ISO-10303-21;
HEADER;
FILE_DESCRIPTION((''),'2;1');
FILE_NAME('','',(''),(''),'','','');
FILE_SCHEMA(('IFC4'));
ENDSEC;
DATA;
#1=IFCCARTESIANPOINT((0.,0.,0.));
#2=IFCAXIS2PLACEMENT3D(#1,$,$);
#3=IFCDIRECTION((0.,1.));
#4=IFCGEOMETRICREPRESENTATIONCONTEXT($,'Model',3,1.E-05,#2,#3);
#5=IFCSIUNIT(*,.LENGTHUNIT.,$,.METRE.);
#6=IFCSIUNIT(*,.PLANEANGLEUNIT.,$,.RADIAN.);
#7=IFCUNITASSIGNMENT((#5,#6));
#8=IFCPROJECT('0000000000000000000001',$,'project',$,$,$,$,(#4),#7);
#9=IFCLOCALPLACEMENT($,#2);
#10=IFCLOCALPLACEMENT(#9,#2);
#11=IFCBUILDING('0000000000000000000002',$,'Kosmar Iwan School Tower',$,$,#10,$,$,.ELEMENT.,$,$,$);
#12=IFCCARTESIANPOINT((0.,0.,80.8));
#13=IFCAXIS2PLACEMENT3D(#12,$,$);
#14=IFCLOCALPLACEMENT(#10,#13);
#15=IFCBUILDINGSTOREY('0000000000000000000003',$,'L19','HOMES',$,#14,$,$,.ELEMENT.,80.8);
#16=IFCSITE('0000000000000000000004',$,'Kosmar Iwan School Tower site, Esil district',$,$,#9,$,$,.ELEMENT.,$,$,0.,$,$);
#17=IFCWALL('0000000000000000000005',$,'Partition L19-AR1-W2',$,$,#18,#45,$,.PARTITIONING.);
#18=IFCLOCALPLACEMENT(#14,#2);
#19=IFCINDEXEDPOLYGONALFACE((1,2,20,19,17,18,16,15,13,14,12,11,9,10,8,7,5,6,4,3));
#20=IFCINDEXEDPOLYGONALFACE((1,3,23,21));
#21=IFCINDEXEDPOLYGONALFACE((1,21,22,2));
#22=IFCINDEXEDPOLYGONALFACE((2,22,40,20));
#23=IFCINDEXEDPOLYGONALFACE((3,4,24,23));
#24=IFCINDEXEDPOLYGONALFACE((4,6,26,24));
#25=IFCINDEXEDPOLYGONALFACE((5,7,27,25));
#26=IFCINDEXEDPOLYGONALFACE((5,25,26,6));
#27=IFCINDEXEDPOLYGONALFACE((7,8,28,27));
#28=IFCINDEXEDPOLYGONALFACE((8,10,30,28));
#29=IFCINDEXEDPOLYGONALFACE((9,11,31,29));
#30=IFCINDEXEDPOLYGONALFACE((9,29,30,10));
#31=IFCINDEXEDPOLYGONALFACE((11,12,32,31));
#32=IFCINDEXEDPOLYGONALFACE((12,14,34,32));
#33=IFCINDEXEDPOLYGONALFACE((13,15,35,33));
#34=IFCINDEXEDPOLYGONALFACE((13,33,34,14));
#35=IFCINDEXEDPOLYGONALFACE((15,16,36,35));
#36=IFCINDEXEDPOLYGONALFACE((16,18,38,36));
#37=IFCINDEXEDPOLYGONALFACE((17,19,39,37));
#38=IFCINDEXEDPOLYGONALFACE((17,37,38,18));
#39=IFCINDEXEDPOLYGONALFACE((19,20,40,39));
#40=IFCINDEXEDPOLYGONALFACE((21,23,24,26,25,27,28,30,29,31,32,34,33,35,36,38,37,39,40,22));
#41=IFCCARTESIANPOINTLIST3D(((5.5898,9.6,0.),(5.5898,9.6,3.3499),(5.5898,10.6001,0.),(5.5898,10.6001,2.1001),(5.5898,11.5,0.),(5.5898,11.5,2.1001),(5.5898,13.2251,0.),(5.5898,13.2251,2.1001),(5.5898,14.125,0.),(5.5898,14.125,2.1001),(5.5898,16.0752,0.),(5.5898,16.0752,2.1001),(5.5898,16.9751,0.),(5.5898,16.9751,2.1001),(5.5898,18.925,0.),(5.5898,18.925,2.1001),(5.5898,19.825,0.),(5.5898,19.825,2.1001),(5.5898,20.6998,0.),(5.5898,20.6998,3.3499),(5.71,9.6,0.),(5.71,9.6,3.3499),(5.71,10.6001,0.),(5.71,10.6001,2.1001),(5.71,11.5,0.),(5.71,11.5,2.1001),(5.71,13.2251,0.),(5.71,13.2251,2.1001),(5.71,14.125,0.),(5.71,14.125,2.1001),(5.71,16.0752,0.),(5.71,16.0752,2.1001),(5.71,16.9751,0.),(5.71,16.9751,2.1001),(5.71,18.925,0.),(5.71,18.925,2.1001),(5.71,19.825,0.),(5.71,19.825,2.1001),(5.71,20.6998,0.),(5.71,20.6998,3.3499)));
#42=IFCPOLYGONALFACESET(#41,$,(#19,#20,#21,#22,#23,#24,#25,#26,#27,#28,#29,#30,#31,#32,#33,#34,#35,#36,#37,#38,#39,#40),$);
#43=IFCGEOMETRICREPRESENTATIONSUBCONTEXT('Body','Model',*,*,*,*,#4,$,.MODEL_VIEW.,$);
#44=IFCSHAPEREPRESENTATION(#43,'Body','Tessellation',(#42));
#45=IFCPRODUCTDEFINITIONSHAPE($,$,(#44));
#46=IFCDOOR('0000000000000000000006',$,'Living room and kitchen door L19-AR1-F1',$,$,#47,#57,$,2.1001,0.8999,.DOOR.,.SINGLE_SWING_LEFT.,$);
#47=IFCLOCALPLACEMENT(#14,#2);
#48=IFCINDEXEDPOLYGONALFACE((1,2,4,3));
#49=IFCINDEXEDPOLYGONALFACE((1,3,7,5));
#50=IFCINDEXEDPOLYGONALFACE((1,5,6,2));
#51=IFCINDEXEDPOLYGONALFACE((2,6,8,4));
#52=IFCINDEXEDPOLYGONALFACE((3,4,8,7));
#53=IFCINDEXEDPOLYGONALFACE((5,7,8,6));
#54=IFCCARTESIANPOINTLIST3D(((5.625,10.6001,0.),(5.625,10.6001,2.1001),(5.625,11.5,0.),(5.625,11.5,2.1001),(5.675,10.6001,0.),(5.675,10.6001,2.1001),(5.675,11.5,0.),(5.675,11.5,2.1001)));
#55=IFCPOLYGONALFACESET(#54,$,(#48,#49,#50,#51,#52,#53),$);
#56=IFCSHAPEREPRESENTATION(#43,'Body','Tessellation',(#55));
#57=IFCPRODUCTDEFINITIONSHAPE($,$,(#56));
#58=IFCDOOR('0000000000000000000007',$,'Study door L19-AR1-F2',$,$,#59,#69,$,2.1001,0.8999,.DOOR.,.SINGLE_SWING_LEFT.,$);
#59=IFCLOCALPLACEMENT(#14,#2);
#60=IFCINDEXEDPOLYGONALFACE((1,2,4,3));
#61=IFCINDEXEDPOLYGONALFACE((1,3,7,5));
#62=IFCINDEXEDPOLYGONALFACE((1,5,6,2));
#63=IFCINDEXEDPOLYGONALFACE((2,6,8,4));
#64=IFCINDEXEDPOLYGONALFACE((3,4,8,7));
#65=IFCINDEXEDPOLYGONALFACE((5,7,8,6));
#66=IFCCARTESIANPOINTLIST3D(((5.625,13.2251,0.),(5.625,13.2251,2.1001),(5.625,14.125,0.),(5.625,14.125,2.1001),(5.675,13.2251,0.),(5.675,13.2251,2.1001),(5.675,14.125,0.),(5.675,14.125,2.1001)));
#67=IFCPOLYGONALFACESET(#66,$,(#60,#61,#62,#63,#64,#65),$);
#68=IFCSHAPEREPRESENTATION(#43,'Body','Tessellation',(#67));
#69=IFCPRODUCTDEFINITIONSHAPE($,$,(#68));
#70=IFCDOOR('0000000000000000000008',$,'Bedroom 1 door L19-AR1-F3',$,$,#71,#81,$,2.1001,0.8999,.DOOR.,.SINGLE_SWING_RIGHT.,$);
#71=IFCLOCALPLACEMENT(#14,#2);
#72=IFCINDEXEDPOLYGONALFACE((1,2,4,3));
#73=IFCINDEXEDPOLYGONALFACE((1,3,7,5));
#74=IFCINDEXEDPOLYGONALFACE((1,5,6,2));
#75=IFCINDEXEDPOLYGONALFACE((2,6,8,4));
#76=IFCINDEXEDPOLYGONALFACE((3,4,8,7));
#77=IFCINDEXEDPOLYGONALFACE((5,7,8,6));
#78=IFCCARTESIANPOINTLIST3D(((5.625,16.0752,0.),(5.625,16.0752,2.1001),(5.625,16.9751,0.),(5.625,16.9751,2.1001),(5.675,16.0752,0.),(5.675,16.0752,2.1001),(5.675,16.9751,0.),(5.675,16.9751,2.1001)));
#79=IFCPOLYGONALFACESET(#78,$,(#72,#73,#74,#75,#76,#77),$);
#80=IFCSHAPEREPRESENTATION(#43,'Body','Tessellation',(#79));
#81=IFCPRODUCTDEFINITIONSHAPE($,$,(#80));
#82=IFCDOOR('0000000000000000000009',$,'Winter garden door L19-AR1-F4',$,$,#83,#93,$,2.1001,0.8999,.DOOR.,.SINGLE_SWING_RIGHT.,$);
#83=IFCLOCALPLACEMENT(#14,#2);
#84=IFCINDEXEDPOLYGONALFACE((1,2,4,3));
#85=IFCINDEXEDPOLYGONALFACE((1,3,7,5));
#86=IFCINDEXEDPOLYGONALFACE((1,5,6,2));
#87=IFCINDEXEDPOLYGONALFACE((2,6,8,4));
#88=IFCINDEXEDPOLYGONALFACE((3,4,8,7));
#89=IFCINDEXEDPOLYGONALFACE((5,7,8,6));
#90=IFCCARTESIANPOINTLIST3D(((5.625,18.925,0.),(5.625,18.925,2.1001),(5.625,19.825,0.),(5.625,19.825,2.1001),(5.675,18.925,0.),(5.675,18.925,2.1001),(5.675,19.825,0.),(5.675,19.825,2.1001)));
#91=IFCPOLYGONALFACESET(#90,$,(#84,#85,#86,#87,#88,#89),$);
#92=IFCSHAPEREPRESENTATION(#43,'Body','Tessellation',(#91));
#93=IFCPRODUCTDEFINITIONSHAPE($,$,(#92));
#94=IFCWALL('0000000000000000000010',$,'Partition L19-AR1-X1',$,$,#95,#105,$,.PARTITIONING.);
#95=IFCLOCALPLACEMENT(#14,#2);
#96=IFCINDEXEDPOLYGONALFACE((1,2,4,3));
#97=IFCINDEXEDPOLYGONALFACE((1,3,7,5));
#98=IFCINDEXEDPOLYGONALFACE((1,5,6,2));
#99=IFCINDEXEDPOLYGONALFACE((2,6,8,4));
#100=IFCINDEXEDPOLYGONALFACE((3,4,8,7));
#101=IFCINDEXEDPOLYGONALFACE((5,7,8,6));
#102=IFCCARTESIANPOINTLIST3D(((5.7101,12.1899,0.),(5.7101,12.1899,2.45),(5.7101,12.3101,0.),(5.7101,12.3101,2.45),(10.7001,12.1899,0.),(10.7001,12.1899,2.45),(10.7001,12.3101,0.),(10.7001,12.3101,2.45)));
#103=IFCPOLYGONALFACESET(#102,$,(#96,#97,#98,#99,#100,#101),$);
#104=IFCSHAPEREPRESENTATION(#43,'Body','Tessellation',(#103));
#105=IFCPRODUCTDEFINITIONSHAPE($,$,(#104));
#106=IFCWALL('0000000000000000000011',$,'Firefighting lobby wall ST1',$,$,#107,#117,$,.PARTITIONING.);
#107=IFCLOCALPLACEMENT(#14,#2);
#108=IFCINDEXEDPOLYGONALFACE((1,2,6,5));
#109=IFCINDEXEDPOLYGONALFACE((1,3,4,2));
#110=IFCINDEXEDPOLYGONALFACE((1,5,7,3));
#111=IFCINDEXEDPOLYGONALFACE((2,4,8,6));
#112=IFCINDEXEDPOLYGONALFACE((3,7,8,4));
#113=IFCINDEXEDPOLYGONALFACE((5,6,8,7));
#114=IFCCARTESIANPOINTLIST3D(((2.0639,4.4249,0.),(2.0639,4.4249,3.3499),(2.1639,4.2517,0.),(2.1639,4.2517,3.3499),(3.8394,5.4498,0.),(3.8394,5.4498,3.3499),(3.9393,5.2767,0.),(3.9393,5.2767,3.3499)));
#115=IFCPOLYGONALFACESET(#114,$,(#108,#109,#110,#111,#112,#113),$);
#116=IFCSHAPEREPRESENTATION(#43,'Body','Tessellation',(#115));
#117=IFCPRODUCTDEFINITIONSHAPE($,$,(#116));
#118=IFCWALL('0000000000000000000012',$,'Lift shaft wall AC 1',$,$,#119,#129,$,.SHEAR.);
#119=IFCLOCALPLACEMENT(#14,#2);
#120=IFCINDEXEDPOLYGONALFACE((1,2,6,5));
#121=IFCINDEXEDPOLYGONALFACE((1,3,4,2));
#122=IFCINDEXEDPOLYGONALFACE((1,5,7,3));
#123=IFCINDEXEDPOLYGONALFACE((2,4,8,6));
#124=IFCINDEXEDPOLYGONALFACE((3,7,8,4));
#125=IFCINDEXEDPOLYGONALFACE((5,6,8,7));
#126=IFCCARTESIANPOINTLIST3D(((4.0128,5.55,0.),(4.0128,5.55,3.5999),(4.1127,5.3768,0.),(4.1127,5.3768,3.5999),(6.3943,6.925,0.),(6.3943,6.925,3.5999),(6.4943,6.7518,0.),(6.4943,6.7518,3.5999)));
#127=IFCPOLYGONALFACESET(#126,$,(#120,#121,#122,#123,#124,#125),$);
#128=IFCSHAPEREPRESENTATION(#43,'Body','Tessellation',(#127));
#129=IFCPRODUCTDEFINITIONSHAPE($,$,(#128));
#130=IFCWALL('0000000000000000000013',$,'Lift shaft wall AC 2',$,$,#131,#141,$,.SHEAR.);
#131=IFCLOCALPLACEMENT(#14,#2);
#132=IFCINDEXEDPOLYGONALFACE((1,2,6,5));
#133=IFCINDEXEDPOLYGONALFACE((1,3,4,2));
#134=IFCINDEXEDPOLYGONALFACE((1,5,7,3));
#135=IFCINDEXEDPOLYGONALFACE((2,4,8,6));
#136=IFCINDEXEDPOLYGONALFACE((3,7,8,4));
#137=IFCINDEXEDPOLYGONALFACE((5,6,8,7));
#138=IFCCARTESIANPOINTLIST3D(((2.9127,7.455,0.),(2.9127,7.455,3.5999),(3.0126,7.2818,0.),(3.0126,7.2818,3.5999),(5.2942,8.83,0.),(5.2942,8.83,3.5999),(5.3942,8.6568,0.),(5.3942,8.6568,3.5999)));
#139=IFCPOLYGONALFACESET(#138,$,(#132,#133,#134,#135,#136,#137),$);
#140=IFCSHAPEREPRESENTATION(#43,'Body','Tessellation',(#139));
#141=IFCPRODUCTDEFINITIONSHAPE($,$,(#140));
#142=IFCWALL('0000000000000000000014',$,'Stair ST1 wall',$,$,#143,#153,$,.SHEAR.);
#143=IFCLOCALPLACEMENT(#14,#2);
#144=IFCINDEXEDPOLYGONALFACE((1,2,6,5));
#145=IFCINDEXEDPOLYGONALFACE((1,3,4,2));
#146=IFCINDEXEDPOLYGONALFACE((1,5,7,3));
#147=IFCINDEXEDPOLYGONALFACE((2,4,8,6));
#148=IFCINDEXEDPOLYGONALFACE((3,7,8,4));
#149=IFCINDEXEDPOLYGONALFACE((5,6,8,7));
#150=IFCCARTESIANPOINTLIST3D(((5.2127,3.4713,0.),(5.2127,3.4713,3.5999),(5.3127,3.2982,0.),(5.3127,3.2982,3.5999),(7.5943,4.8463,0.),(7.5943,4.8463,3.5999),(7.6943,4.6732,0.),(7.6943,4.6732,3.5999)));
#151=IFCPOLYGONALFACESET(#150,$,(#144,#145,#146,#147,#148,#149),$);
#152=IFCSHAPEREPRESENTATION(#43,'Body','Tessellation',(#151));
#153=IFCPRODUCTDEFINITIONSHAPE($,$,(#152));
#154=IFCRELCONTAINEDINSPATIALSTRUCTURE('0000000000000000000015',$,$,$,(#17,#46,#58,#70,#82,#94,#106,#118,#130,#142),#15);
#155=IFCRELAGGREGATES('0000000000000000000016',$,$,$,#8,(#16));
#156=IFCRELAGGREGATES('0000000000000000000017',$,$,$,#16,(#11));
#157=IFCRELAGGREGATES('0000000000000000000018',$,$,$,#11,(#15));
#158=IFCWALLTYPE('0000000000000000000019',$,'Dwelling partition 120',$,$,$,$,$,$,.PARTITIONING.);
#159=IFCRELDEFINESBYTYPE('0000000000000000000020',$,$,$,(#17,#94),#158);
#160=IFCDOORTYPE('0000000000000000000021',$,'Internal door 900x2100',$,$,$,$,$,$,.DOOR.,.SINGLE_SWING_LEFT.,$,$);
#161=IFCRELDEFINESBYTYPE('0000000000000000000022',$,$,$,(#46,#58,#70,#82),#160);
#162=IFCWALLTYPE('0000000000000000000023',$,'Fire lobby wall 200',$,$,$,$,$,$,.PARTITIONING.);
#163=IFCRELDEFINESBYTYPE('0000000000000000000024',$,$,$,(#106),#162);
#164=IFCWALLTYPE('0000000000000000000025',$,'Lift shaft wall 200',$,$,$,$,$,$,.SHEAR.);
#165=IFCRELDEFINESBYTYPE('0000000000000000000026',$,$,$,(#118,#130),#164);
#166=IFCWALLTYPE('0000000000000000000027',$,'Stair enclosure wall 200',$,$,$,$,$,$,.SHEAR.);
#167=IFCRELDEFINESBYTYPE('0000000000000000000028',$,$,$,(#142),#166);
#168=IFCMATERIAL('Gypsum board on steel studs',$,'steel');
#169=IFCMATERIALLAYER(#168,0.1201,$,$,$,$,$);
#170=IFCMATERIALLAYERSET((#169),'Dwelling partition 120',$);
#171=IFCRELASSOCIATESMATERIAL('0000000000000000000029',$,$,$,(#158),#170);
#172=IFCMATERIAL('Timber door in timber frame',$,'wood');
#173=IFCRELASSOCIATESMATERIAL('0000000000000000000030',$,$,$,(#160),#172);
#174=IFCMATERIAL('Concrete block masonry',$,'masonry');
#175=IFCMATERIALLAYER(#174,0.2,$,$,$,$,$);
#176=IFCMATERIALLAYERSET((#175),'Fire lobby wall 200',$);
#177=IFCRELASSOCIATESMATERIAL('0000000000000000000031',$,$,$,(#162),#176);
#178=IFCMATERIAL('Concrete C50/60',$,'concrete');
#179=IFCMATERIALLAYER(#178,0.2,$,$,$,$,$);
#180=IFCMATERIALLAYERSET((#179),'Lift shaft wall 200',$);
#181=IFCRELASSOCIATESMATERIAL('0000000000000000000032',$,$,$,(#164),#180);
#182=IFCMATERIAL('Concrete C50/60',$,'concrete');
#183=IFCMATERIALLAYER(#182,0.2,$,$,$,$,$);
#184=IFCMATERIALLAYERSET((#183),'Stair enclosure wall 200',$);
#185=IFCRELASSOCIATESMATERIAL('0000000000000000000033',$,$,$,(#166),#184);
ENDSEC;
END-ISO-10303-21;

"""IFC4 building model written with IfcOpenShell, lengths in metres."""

from ifc_helpers import new_model, si_unit, direction, frame, frame_2d, origin, place, context, subcontext, project, spatial, rectangle, extrude, material, layer, layer_set, type_object, element, fill, save


model = new_model("IFC4")

# Units and contexts
model_context = context("Model", 3, precision=1e-05, world=origin(), true_north=direction((0.0, 1.0)))
body_context = subcontext(model_context, "Body", "Model", "MODEL_VIEW")
ifc_project = project(units=[si_unit("LENGTHUNIT", "METRE"), si_unit("PLANEANGLEUNIT", "RADIAN")], contexts=[model_context])

# Site, building, storey
site_placement = place(None, origin())
site = spatial("IfcSite", under=ifc_project, at=site_placement, Name="Kosmar Iwan School Tower site, Esil district", CompositionType="ELEMENT", RefElevation=0.0)
building_placement = place(site_placement, origin())
building = spatial("IfcBuilding", under=site, at=building_placement, Name="Kosmar Iwan School Tower", CompositionType="ELEMENT")
storey_placement = place(building_placement, frame((0.0, 0.0, 80.8)))
storey = spatial("IfcBuildingStorey", under=building, at=storey_placement, Name="L19", Description="HOMES", CompositionType="ELEMENT", Elevation=80.8)

# Wall, openings, doors
ifc_material_1 = material(Name="Gypsum board on steel studs", Category="steel")
ifc_layer_1 = layer(ifc_material_1, 0.1201)
ifc_layer_set_1 = layer_set([ifc_layer_1], Name="Dwelling partition 120")
wall_type_1 = type_object("IfcWallType", Name="Dwelling partition 120", PredefinedType="PARTITIONING", material=ifc_layer_set_1)
ifc_material_2 = material(Name="Timber door in timber frame", Category="wood")
door_type_1 = type_object("IfcDoorType", Name="Internal door 900x2100", OperationType="SINGLE_SWING_LEFT", PredefinedType="DOOR", material=ifc_material_2)
wall_1_placement = place(storey_placement, frame((5.6499, 9.6001, 0.0), z_axis=(0.0, 0.0, 1.0), x_axis=(0.0, 1.0, 0.0)))
wall_1 = element("IfcWall", 1, at=wall_1_placement, inside=storey, type_object=wall_type_1, Name="Partition L19-AR1-W2", PredefinedType="PARTITIONING", context=body_context, shape_type="SweptSolid", body=[
    extrude(rectangle(XDim=11.0999, YDim=0.1201, at=frame_2d((5.5498, 0.0))), origin(), (0.0, 0.0, 1.0), 3.3499),
])
opening_1_placement = place(wall_1_placement, frame((1.0, 0.0, 0.0)))
opening_1 = element("IfcOpeningElement", 2, at=opening_1_placement, cuts=wall_1, PredefinedType="OPENING", context=body_context, shape_type="SweptSolid", body=[
    extrude(rectangle(XDim=0.8999, YDim=2.1001, at=frame_2d((0.45, 1.05))), frame((0.0, 0.072, 0.0), z_axis=(0.0, -1.0, 0.0), x_axis=(1.0, 0.0, 0.0)), (0.0, 0.0, 1.0), 0.144),
])
opening_2_placement = place(wall_1_placement, frame((3.625, 0.0, 0.0)))
opening_2 = element("IfcOpeningElement", 3, at=opening_2_placement, cuts=wall_1, PredefinedType="OPENING", context=body_context, shape_type="SweptSolid", body=[
    extrude(rectangle(XDim=0.8999, YDim=2.1001, at=frame_2d((0.45, 1.05))), frame((0.0, 0.072, 0.0), z_axis=(0.0, -1.0, 0.0), x_axis=(1.0, 0.0, 0.0)), (0.0, 0.0, 1.0), 0.144),
])
opening_3_placement = place(wall_1_placement, frame((6.4751, 0.0, 0.0)))
opening_3 = element("IfcOpeningElement", 4, at=opening_3_placement, cuts=wall_1, PredefinedType="OPENING", context=body_context, shape_type="SweptSolid", body=[
    extrude(rectangle(XDim=0.8999, YDim=2.1001, at=frame_2d((0.45, 1.05))), frame((0.0, 0.072, 0.0), z_axis=(0.0, -1.0, 0.0), x_axis=(1.0, 0.0, 0.0)), (0.0, 0.0, 1.0), 0.144),
])
opening_4_placement = place(wall_1_placement, frame((9.325, 0.0, 0.0)))
opening_4 = element("IfcOpeningElement", 5, at=opening_4_placement, cuts=wall_1, PredefinedType="OPENING", context=body_context, shape_type="SweptSolid", body=[
    extrude(rectangle(XDim=0.8999, YDim=2.1001, at=frame_2d((0.45, 1.05))), frame((0.0, 0.072, 0.0), z_axis=(0.0, -1.0, 0.0), x_axis=(1.0, 0.0, 0.0)), (0.0, 0.0, 1.0), 0.144),
])
door_1_placement = place(opening_1_placement, origin())
door_1 = element("IfcDoor", 6, at=door_1_placement, inside=storey, type_object=door_type_1, Name="Living room and kitchen door L19-AR1-F1", OperationType="SINGLE_SWING_LEFT", OverallHeight=2.1001, OverallWidth=0.8999, PredefinedType="DOOR", context=body_context, shape_type="SweptSolid", body=[
    extrude(rectangle(XDim=0.8999, YDim=2.1001, at=frame_2d((0.45, 1.05))), frame((0.0, 0.0249, 0.0), z_axis=(0.0, -1.0, 0.0), x_axis=(1.0, 0.0, 0.0)), (0.0, 0.0, 1.0), 0.05),
])
fill(opening_1, door_1)
door_2_placement = place(opening_2_placement, origin())
door_2 = element("IfcDoor", 7, at=door_2_placement, inside=storey, type_object=door_type_1, Name="Study door L19-AR1-F2", OperationType="SINGLE_SWING_LEFT", OverallHeight=2.1001, OverallWidth=0.8999, PredefinedType="DOOR", context=body_context, shape_type="SweptSolid", body=[
    extrude(rectangle(XDim=0.8999, YDim=2.1001, at=frame_2d((0.45, 1.05))), frame((0.0, 0.0249, 0.0), z_axis=(0.0, -1.0, 0.0), x_axis=(1.0, 0.0, 0.0)), (0.0, 0.0, 1.0), 0.05),
])
fill(opening_2, door_2)
door_3_placement = place(opening_3_placement, origin())
door_3 = element("IfcDoor", 8, at=door_3_placement, inside=storey, type_object=door_type_1, Name="Bedroom 1 door L19-AR1-F3", OperationType="SINGLE_SWING_RIGHT", OverallHeight=2.1001, OverallWidth=0.8999, PredefinedType="DOOR", context=body_context, shape_type="SweptSolid", body=[
    extrude(rectangle(XDim=0.8999, YDim=2.1001, at=frame_2d((0.45, 1.05))), frame((0.0, 0.0249, 0.0), z_axis=(0.0, -1.0, 0.0), x_axis=(1.0, 0.0, 0.0)), (0.0, 0.0, 1.0), 0.05),
])
fill(opening_3, door_3)
door_4_placement = place(opening_4_placement, origin())
door_4 = element("IfcDoor", 9, at=door_4_placement, inside=storey, type_object=door_type_1, Name="Winter garden door L19-AR1-F4", OperationType="SINGLE_SWING_RIGHT", OverallHeight=2.1001, OverallWidth=0.8999, PredefinedType="DOOR", context=body_context, shape_type="SweptSolid", body=[
    extrude(rectangle(XDim=0.8999, YDim=2.1001, at=frame_2d((0.45, 1.05))), frame((0.0, 0.0249, 0.0), z_axis=(0.0, -1.0, 0.0), x_axis=(1.0, 0.0, 0.0)), (0.0, 0.0, 1.0), 0.05),
])
fill(opening_4, door_4)

# Walls
wall_2_placement = place(storey_placement, frame((5.71, 12.25, 0.0), z_axis=(0.0, 0.0, 1.0), x_axis=(1.0, 0.0, 0.0)))
element("IfcWall", 10, at=wall_2_placement, inside=storey, type_object=wall_type_1, Name="Partition L19-AR1-X1", PredefinedType="PARTITIONING", context=body_context, shape_type="SweptSolid", body=[
    extrude(rectangle(XDim=4.99, YDim=0.1201, at=frame_2d((2.4951, 0.0))), origin(), (0.0, 0.0, 1.0), 2.45),
])
ifc_material_3 = material(Name="Concrete block masonry", Category="masonry")
ifc_layer_2 = layer(ifc_material_3, 0.2)
ifc_layer_set_2 = layer_set([ifc_layer_2], Name="Fire lobby wall 200")
wall_type_2 = type_object("IfcWallType", Name="Fire lobby wall 200", PredefinedType="PARTITIONING", material=ifc_layer_set_2)
wall_3_placement = place(storey_placement, frame((2.114, 4.3384, 0.0), z_axis=(0.0, 0.0, 1.0), x_axis=(0.866051, 0.499956, 0.0)))
element("IfcWall", 11, at=wall_3_placement, inside=storey, type_object=wall_type_2, Name="Firefighting lobby wall ST1", PredefinedType="PARTITIONING", context=body_context, shape_type="SweptSolid", body=[
    extrude(rectangle(XDim=2.05, YDim=0.2, at=frame_2d((1.0249, 0.0))), origin(), (0.0, 0.0, 1.0), 3.3499),
])
ifc_material_4 = material(Name="Concrete C50/60", Category="concrete")
ifc_layer_3 = layer(ifc_material_4, 0.2)
ifc_layer_set_3 = layer_set([ifc_layer_3], Name="Lift shaft wall 200")
wall_type_3 = type_object("IfcWallType", Name="Lift shaft wall 200", PredefinedType="SHEAR", material=ifc_layer_set_3)
for number, where, z_axis, x_axis, name in (
    (12, (4.0627, 5.4634, 0.0), (0.0, 0.0, 1.0), (0.866027, 0.499997, 0.0), "Lift shaft wall AC 1"),
    (13, (2.9626, 7.3684, 0.0), (0.0, 0.0, 1.0), (0.866027, 0.499997, 0.0), "Lift shaft wall AC 2"),
):
    element("IfcWall", number, at=place(storey_placement, frame(where, z_axis=z_axis, x_axis=x_axis)), inside=storey, type_object=wall_type_3, Name=name, PredefinedType="SHEAR", context=body_context, shape_type="SweptSolid", body=[
        extrude(rectangle(XDim=2.75, YDim=0.2, at=frame_2d((1.375, 0.0))), origin(), (0.0, 0.0, 1.0), 3.5999),
    ])
ifc_material_5 = material(Name="Concrete C50/60", Category="concrete")
ifc_layer_4 = layer(ifc_material_5, 0.2)
ifc_layer_set_4 = layer_set([ifc_layer_4], Name="Stair enclosure wall 200")
wall_type_4 = type_object("IfcWallType", Name="Stair enclosure wall 200", PredefinedType="SHEAR", material=ifc_layer_set_4)
wall_4_placement = place(storey_placement, frame((5.2627, 3.3848, 0.0), z_axis=(0.0, 0.0, 1.0), x_axis=(0.866027, 0.499997, 0.0)))
element("IfcWall", 14, at=wall_4_placement, inside=storey, type_object=wall_type_4, Name="Stair ST1 wall", PredefinedType="SHEAR", context=body_context, shape_type="SweptSolid", body=[
    extrude(rectangle(XDim=2.75, YDim=0.2, at=frame_2d((1.375, 0.0))), origin(), (0.0, 0.0, 1.0), 3.5999),
])

save(model, "model.ifc")
